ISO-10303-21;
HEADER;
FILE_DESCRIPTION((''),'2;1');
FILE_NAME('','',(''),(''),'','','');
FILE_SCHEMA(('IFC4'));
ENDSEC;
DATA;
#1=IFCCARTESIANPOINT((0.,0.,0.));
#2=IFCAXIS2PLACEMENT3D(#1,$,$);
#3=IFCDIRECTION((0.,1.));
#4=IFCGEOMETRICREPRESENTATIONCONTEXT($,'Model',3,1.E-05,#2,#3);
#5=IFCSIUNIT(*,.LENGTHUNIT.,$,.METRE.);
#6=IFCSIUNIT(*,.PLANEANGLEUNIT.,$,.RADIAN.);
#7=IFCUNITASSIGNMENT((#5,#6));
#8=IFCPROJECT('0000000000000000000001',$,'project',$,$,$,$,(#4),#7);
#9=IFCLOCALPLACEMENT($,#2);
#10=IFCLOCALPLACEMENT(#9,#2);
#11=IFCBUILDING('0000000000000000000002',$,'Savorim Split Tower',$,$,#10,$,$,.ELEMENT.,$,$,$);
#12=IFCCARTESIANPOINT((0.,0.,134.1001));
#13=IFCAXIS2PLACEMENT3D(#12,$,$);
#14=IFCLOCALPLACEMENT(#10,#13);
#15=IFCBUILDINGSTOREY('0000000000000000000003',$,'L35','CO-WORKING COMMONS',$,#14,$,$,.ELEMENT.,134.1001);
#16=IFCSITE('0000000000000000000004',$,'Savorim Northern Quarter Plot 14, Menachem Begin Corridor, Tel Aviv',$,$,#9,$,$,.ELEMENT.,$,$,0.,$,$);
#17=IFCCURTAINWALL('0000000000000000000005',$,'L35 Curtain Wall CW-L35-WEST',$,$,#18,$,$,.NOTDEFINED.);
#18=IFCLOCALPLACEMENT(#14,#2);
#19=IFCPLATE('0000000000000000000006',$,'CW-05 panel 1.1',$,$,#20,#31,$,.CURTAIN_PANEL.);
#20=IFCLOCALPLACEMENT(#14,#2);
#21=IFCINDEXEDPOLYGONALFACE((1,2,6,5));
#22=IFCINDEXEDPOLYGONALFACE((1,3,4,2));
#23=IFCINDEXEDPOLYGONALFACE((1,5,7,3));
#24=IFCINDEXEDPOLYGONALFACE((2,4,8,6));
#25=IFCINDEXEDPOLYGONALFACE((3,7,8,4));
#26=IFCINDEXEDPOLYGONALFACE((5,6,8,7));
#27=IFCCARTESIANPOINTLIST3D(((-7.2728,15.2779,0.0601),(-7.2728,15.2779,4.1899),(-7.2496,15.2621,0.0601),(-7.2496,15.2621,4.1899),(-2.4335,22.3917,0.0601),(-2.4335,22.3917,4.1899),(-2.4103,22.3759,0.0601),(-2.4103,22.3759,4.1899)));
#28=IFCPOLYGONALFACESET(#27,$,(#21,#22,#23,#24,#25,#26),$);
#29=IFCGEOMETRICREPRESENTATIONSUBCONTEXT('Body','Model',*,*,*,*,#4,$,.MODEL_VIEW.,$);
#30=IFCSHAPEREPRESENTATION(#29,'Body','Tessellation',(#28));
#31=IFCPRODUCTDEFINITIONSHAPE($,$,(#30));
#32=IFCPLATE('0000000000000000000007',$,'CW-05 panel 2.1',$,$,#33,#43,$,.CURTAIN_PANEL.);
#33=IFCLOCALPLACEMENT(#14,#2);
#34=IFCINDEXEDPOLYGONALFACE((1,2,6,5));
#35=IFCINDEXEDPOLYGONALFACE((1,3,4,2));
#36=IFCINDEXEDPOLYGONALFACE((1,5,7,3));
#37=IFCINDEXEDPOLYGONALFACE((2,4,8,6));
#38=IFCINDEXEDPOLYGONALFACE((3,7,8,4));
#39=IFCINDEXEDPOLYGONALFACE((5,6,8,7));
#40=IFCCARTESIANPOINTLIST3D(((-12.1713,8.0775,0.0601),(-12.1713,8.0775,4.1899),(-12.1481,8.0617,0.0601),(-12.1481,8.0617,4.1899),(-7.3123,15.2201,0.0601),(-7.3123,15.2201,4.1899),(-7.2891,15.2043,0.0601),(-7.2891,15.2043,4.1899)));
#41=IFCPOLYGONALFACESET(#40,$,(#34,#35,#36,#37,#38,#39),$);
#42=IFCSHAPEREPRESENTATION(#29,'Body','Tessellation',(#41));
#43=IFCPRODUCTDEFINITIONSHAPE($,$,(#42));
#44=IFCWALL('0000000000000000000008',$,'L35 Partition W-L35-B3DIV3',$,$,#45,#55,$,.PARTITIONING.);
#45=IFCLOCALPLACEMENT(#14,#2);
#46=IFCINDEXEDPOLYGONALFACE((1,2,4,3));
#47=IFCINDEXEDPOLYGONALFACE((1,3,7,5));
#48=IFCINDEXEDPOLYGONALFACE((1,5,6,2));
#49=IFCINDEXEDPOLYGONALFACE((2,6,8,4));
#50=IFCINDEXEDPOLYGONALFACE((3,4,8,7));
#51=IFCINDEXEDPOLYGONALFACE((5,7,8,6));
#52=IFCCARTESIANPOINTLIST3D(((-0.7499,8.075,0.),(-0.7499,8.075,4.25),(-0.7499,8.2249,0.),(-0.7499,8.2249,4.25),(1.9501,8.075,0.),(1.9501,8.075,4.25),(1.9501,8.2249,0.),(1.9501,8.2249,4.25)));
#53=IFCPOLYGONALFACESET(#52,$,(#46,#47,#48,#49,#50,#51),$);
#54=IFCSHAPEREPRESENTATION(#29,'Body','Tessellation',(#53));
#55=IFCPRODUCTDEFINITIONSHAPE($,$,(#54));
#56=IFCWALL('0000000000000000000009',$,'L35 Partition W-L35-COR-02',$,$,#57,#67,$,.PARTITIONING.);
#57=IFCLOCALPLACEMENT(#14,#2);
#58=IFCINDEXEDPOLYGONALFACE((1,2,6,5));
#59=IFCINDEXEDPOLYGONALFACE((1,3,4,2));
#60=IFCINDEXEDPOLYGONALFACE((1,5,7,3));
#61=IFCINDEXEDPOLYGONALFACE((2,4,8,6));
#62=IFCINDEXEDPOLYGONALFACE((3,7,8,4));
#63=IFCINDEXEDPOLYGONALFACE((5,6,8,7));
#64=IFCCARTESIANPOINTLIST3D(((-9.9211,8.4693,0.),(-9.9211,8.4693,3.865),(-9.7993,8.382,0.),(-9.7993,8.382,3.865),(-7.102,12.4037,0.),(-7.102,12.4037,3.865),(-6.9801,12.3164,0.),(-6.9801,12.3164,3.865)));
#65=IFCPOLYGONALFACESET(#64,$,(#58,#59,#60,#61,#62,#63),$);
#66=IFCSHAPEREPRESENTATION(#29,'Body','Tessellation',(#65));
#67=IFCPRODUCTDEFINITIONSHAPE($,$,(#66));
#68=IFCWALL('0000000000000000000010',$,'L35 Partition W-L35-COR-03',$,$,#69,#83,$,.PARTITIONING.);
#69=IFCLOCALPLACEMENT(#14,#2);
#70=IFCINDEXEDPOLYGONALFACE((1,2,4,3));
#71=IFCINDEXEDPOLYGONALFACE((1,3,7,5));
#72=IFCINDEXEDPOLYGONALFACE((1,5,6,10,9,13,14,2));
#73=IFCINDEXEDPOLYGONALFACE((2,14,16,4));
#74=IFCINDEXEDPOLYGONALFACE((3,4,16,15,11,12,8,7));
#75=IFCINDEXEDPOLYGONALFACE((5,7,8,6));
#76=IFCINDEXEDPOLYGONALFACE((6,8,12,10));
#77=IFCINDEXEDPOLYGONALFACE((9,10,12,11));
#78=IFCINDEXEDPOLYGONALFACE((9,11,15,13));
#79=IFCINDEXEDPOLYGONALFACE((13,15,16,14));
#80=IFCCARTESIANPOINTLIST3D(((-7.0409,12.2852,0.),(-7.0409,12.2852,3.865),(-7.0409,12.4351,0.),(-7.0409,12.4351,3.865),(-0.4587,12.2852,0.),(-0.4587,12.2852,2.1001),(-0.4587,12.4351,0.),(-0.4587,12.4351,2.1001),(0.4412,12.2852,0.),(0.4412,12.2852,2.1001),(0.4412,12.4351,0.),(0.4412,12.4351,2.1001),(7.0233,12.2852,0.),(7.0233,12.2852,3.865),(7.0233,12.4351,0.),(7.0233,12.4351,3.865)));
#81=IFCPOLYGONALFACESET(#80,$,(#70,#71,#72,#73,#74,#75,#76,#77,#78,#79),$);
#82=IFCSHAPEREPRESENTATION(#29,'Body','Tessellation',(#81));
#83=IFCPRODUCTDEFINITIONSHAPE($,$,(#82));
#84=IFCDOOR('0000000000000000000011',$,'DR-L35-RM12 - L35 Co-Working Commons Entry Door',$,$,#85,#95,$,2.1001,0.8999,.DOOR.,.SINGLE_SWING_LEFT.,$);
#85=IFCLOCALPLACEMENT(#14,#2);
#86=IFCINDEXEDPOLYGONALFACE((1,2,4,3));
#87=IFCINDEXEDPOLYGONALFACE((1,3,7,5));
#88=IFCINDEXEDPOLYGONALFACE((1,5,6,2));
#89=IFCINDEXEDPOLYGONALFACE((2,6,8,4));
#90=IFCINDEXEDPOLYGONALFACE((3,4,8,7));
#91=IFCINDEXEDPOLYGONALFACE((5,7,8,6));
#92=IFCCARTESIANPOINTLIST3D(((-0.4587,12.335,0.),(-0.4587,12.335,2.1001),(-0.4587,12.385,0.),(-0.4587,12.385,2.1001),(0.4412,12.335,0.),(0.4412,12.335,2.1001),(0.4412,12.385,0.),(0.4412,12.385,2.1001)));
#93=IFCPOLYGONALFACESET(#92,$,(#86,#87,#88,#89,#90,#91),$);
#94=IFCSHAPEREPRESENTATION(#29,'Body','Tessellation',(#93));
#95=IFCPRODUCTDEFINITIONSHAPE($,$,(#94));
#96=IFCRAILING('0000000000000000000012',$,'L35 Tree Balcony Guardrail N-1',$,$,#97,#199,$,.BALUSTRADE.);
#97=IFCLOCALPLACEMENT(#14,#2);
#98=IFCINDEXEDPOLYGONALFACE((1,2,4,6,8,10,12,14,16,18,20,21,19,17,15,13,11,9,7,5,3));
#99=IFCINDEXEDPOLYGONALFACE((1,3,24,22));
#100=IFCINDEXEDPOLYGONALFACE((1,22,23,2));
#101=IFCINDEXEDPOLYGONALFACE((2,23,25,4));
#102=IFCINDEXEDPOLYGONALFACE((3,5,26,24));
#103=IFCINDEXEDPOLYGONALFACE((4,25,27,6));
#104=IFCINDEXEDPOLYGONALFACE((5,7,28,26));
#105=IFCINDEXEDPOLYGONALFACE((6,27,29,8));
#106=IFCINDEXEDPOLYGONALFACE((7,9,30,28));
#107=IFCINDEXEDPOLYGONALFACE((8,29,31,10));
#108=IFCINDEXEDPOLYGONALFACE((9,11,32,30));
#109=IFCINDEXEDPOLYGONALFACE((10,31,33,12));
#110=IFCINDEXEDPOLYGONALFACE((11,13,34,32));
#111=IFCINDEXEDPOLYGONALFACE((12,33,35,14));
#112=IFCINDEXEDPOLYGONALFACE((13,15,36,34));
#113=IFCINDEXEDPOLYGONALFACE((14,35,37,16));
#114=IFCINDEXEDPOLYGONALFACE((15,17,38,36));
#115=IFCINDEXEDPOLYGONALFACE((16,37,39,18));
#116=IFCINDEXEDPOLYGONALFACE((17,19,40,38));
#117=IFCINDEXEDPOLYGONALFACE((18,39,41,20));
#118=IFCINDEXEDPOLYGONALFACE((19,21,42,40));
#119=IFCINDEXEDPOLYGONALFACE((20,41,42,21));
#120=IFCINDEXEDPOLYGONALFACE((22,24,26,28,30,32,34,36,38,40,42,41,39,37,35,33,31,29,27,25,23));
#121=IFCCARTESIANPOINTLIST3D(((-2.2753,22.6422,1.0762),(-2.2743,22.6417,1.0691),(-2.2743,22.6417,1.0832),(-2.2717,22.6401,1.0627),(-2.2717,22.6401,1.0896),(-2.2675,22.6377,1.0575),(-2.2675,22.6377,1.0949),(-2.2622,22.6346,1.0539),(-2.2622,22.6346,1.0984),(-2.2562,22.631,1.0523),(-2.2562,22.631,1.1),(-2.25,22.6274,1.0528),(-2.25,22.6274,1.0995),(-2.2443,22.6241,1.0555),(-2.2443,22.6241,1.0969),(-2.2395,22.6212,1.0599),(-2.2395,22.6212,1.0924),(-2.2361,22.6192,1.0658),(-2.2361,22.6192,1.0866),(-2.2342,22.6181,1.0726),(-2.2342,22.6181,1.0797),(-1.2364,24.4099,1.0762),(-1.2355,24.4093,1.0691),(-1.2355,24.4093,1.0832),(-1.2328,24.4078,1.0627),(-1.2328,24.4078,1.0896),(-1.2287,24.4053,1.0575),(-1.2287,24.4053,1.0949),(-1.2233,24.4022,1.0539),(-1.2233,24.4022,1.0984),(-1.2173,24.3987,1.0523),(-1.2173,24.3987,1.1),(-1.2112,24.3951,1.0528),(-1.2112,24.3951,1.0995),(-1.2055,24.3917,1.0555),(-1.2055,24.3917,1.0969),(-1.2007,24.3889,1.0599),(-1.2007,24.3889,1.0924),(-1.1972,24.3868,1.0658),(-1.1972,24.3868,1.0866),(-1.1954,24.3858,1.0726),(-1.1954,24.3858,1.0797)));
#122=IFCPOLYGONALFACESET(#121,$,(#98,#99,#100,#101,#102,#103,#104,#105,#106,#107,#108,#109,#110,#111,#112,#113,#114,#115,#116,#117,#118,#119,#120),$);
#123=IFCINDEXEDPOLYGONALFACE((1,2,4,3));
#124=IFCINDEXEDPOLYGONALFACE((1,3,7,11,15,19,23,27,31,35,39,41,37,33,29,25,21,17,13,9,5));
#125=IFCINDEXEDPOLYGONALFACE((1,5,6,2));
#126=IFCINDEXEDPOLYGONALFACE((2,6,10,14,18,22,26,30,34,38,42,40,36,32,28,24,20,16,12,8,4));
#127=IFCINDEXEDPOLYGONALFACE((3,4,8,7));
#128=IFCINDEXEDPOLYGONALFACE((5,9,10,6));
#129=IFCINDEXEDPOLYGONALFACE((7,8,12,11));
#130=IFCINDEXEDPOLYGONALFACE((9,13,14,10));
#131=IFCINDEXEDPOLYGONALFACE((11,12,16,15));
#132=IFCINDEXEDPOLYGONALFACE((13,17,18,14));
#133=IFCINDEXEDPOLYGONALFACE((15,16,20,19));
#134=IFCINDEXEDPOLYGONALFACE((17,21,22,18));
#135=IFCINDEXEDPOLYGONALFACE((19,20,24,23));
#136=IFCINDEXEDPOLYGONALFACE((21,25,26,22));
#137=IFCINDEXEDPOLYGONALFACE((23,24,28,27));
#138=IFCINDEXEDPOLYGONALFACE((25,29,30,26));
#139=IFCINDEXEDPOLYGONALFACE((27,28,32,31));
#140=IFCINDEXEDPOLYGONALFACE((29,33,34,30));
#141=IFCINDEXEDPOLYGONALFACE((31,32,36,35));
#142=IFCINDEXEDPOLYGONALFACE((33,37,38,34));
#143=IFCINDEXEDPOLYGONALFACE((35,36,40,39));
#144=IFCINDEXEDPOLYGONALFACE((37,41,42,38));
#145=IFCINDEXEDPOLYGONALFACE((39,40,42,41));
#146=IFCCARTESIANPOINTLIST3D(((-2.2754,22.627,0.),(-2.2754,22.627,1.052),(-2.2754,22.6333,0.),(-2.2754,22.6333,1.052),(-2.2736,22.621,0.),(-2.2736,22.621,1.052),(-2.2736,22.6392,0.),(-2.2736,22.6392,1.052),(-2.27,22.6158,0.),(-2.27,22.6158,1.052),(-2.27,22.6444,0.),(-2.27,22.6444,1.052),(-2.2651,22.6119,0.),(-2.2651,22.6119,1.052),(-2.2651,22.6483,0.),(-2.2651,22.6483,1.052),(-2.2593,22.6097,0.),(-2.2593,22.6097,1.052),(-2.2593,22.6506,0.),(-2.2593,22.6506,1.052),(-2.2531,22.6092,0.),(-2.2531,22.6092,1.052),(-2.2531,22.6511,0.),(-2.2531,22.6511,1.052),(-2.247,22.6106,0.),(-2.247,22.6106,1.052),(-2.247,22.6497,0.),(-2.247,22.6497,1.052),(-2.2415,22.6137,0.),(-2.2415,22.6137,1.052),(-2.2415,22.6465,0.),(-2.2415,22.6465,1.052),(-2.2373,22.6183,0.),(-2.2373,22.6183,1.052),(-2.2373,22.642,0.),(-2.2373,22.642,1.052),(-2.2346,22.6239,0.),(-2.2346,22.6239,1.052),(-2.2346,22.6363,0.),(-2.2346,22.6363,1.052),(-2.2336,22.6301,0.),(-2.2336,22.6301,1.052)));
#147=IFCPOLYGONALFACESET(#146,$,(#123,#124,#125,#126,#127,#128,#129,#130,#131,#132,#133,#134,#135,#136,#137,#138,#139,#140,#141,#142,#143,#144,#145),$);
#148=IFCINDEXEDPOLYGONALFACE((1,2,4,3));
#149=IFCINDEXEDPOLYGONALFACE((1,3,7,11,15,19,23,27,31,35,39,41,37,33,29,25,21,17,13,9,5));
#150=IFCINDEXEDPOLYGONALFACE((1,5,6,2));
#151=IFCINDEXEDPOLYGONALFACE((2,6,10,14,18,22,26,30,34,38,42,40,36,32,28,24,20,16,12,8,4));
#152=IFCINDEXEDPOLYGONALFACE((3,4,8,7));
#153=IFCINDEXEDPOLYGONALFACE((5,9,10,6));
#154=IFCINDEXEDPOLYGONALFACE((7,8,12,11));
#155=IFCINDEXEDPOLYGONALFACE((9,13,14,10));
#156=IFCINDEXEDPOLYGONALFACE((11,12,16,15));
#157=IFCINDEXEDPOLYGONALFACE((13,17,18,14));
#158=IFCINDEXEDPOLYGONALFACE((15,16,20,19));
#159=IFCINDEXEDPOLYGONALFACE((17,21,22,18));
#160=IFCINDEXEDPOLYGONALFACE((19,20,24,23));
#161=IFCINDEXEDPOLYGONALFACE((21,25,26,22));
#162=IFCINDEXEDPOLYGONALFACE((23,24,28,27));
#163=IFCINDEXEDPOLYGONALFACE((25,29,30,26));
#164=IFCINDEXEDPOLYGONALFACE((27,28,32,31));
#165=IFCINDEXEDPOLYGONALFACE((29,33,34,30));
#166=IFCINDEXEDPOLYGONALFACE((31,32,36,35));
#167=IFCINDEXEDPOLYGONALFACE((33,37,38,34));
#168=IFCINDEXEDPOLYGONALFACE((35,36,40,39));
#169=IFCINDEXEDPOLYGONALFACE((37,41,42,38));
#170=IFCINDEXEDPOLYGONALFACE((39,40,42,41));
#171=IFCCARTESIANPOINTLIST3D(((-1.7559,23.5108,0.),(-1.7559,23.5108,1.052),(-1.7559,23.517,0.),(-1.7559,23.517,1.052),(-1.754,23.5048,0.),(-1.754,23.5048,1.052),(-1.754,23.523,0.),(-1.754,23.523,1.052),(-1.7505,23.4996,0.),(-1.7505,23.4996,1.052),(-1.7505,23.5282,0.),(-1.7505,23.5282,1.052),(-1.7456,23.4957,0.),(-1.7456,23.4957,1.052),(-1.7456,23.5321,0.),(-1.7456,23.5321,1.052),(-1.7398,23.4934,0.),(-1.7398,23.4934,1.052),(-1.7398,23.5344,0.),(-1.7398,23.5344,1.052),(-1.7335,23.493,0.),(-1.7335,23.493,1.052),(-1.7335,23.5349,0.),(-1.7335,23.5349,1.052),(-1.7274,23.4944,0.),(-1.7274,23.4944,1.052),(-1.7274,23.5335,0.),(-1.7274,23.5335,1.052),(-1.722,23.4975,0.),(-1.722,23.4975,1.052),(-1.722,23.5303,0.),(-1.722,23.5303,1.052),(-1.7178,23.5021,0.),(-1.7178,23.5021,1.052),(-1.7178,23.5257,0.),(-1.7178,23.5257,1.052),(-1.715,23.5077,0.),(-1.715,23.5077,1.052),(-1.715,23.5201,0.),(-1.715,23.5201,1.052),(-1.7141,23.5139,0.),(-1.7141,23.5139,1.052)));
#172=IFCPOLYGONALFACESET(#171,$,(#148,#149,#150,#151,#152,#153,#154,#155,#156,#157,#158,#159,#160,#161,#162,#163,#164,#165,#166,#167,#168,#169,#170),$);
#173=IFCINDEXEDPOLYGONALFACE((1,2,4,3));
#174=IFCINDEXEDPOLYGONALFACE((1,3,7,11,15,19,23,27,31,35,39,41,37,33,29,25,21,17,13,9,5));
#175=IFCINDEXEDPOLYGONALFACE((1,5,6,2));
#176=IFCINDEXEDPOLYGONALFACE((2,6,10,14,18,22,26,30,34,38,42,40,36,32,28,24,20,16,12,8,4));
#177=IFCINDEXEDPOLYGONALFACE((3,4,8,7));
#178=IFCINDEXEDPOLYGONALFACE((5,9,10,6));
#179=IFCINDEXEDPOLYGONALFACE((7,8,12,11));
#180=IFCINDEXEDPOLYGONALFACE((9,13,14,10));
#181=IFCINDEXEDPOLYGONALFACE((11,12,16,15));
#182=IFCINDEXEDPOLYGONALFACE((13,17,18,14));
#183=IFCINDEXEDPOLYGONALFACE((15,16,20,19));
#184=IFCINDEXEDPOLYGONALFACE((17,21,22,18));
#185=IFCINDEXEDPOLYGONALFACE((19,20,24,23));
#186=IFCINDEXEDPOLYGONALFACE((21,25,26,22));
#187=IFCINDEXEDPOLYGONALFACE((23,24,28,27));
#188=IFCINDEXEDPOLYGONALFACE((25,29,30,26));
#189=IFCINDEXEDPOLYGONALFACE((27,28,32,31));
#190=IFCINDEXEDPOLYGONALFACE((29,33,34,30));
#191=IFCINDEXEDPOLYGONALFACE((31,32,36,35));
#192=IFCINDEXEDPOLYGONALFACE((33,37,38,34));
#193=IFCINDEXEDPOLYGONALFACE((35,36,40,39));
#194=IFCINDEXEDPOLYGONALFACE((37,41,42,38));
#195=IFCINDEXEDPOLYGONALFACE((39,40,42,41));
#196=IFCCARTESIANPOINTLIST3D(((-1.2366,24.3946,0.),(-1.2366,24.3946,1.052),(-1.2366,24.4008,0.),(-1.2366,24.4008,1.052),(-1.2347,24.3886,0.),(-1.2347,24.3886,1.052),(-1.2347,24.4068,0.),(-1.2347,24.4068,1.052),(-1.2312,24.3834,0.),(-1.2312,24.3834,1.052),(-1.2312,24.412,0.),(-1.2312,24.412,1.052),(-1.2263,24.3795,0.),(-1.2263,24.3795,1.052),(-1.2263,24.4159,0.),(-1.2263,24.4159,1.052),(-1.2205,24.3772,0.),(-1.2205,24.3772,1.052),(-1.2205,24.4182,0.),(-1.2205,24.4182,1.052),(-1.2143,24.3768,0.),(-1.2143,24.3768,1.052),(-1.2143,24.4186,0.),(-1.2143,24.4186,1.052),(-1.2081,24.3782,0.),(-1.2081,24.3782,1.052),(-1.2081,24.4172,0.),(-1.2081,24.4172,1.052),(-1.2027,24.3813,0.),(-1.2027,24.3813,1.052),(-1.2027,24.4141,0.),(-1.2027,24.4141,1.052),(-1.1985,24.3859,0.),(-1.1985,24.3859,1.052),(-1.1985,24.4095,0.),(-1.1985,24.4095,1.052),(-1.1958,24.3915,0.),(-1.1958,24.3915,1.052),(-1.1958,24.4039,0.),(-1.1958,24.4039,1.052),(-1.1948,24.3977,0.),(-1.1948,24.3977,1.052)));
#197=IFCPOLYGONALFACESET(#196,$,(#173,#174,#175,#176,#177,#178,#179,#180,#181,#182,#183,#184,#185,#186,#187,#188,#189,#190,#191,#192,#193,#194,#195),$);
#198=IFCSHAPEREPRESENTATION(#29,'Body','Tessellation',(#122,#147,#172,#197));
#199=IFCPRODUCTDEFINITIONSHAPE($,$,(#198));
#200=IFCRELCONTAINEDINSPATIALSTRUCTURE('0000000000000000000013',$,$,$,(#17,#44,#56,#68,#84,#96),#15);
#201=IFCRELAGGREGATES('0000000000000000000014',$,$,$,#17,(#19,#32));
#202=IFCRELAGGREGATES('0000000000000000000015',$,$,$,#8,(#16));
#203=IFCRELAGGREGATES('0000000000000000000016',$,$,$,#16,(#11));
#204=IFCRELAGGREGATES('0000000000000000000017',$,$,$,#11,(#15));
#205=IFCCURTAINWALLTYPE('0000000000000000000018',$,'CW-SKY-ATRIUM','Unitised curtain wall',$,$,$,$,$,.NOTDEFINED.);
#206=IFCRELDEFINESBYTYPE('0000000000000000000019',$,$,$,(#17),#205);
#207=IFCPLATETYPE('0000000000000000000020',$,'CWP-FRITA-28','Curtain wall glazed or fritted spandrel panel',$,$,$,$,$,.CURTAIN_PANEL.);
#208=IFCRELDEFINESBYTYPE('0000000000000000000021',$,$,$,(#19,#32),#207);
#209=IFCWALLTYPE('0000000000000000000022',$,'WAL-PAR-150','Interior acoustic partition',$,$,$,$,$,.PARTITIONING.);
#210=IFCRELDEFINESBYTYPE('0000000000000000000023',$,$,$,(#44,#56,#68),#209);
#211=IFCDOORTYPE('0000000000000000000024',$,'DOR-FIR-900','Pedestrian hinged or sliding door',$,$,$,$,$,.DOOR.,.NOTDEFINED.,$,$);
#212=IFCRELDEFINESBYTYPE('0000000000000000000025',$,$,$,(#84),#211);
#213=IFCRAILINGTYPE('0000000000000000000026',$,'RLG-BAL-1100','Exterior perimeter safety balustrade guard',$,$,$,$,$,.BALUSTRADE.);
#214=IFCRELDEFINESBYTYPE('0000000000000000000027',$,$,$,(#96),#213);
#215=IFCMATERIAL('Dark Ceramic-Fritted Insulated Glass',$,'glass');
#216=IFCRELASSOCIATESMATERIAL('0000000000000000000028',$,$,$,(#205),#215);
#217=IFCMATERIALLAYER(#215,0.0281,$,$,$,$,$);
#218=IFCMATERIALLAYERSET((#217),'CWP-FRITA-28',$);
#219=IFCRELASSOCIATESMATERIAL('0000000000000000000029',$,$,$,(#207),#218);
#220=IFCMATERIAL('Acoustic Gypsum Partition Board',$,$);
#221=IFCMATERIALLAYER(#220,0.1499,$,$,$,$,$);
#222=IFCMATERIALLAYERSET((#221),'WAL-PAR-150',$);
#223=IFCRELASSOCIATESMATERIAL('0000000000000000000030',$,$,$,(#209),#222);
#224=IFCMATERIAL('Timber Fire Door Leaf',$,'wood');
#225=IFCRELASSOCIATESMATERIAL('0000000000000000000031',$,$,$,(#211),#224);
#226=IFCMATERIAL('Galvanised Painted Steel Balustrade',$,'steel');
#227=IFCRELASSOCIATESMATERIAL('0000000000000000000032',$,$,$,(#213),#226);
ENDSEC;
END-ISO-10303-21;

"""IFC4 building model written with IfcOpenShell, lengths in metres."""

from ifc_helpers import new_model, si_unit, direction, frame, frame_2d, origin, origin_2d, place, context, subcontext, project, spatial, rectangle, circle, extrude, material, layer, layer_set, type_object, element, fill, aggregate, save


model = new_model("IFC4")

# Units and contexts
model_context = context("Model", 3, precision=1e-05, world=origin(), true_north=direction((0.0, 1.0)))
body_context = subcontext(model_context, "Body", "Model", "MODEL_VIEW")
ifc_project = project(units=[si_unit("LENGTHUNIT", "METRE"), si_unit("PLANEANGLEUNIT", "RADIAN")], contexts=[model_context])

# Site, building, storey
site_placement = place(None, origin())
site = spatial("IfcSite", under=ifc_project, at=site_placement, Name="Savorim Northern Quarter Plot 14, Menachem Begin Corridor, Tel Aviv", CompositionType="ELEMENT", RefElevation=0.0)
building_placement = place(site_placement, origin())
building = spatial("IfcBuilding", under=site, at=building_placement, Name="Savorim Split Tower", CompositionType="ELEMENT")
storey_placement = place(building_placement, frame((0.0, 0.0, 134.1001)))
storey = spatial("IfcBuildingStorey", under=building, at=storey_placement, Name="L35", Description="CO-WORKING COMMONS", CompositionType="ELEMENT", Elevation=134.1001)

# Curtain wall, plates
ifc_material_1 = material(Name="Dark Ceramic-Fritted Insulated Glass", Category="glass")
curtain_wall_type = type_object("IfcCurtainWallType", Name="CW-SKY-ATRIUM", Description="Unitised curtain wall", PredefinedType="NOTDEFINED", material=ifc_material_1)
curtain_wall_placement = place(storey_placement, origin())
curtain_wall = element("IfcCurtainWall", 1, at=curtain_wall_placement, inside=storey, type_object=curtain_wall_type, Name="L35 Curtain Wall CW-L35-WEST", PredefinedType="NOTDEFINED")
ifc_layer_1 = layer(ifc_material_1, 0.0281)
ifc_layer_set_1 = layer_set([ifc_layer_1], Name="CWP-FRITA-28")
plate_type = type_object("IfcPlateType", Name="CWP-FRITA-28", Description="Curtain wall glazed or fritted spandrel panel", PredefinedType="CURTAIN_PANEL", material=ifc_layer_set_1)
plate_1_placement = place(storey_placement, frame((-4.8416, 18.8269, 0.0601), z_axis=(0.0, 0.0, 1.0), x_axis=(-0.562467, -0.82682, 0.0)))
plate_1 = element("IfcPlate", 2, at=plate_1_placement, type_object=plate_type, Name="CW-05 panel 1.1", PredefinedType="CURTAIN_PANEL", context=body_context, shape_type="SweptSolid", body=[
    extrude(rectangle(XDim=8.6038, YDim=0.0281, at=origin_2d()), origin(), (0.0, 0.0, 1.0), 4.1299),
])
plate_2_placement = place(storey_placement, frame((-9.7302, 11.6409, 0.0601), z_axis=(0.0, 0.0, 1.0), x_axis=(-0.562467, -0.82682, 0.0)))
plate_2 = element("IfcPlate", 3, at=plate_2_placement, type_object=plate_type, Name="CW-05 panel 2.1", PredefinedType="CURTAIN_PANEL", context=body_context, shape_type="SweptSolid", body=[
    extrude(rectangle(XDim=8.6387, YDim=0.0281, at=origin_2d()), origin(), (0.0, 0.0, 1.0), 4.1299),
])
aggregate(curtain_wall, [plate_1, plate_2])

# Walls
ifc_material_2 = material(Name="Acoustic Gypsum Partition Board")
ifc_layer_2 = layer(ifc_material_2, 0.1499)
ifc_layer_set_2 = layer_set([ifc_layer_2], Name="WAL-PAR-150")
wall_type_1 = type_object("IfcWallType", Name="WAL-PAR-150", Description="Interior acoustic partition", PredefinedType="PARTITIONING", material=ifc_layer_set_2)
wall_1_placement = place(storey_placement, frame((-0.75, 8.1499, 0.0), z_axis=(0.0, 0.0, 1.0), x_axis=(1.0, 0.0, 0.0)))
element("IfcWall", 4, at=wall_1_placement, inside=storey, type_object=wall_type_1, Name="L35 Partition W-L35-B3DIV3", PredefinedType="PARTITIONING", context=body_context, shape_type="SweptSolid", body=[
    extrude(rectangle(XDim=2.7, YDim=0.1499, at=frame_2d((1.3501, 0.0))), origin(), (0.0, 0.0, 1.0), 4.25),
])
wall_2_placement = place(storey_placement, frame((-9.8601, 8.4258, 0.0), z_axis=(0.0, 0.0, 1.0), x_axis=(0.58245, 0.812867, 0.0)))
element("IfcWall", 5, at=wall_2_placement, inside=storey, type_object=wall_type_1, Name="L35 Partition W-L35-COR-02", PredefinedType="PARTITIONING", context=body_context, shape_type="SweptSolid", body=[
    extrude(rectangle(XDim=4.8401, YDim=0.1499, at=frame_2d((2.4199, 0.0))), origin(), (0.0, 0.0, 1.0), 3.865),
])

# Wall, opening, door
wall_3_placement = place(storey_placement, frame((-7.041, 12.3601, 0.0), z_axis=(0.0, 0.0, 1.0), x_axis=(1.0, 0.0, 0.0)))
wall_3 = element("IfcWall", 6, at=wall_3_placement, inside=storey, type_object=wall_type_1, Name="L35 Partition W-L35-COR-03", PredefinedType="PARTITIONING", context=body_context, shape_type="SweptSolid", body=[
    extrude(rectangle(XDim=14.0642, YDim=0.1499, at=frame_2d((7.0322, 0.0))), origin(), (0.0, 0.0, 1.0), 3.865),
])
opening_1_placement = place(wall_3_placement, frame((6.5823, 0.0, 0.0)))
opening_1 = element("IfcOpeningElement", 7, at=opening_1_placement, cuts=wall_3, PredefinedType="OPENING", context=body_context, shape_type="SweptSolid", body=[
    extrude(rectangle(XDim=0.8999, YDim=2.1001, at=frame_2d((0.45, 1.05))), frame((0.0, 0.085, 0.0), z_axis=(0.0, -1.0, 0.0), x_axis=(1.0, 0.0, 0.0)), (0.0, 0.0, 1.0), 0.1699),
])
ifc_material_3 = material(Name="Timber Fire Door Leaf", Category="wood")
door_type_1 = type_object("IfcDoorType", Name="DOR-FIR-900", Description="Pedestrian hinged or sliding door", OperationType="NOTDEFINED", PredefinedType="DOOR", material=ifc_material_3)
door_1_placement = place(opening_1_placement, origin())
door_1 = element("IfcDoor", 8, at=door_1_placement, inside=storey, type_object=door_type_1, Name="DR-L35-RM12 - L35 Co-Working Commons Entry Door", OperationType="SINGLE_SWING_LEFT", OverallHeight=2.1001, OverallWidth=0.8999, PredefinedType="DOOR", context=body_context, shape_type="SweptSolid", body=[
    extrude(rectangle(XDim=0.8999, YDim=2.1001, at=frame_2d((0.45, 1.05))), frame((0.0, 0.0249, 0.0), z_axis=(0.0, -1.0, 0.0), x_axis=(1.0, 0.0, 0.0)), (0.0, 0.0, 1.0), 0.05),
])
fill(opening_1, door_1)

# Railing
ifc_material_4 = material(Name="Galvanised Painted Steel Balustrade", Category="steel")
railing_type = type_object("IfcRailingType", Name="RLG-BAL-1100", Description="Exterior perimeter safety balustrade guard", PredefinedType="BALUSTRADE", material=ifc_material_4)
railing_1_placement = place(storey_placement, frame((-2.2546, 22.6301, 0.0)))
element("IfcRailing", 9, at=railing_1_placement, inside=storey, type_object=railing_type, Name="L35 Tree Balcony Guardrail N-1", PredefinedType="BALUSTRADE", context=body_context, shape_type="SweptSolid", body=[
    extrude(circle(Radius=0.0239, at=origin_2d()), frame((0.0, 0.0, 1.0762), z_axis=(0.506682, 0.862133, 0.0), x_axis=(-0.862133, 0.506682, 0.0)), (0.0, 0.0, 1.0), 2.0503),
    extrude(circle(Radius=0.021, at=origin_2d()), origin(), (0.0, 0.0, 1.0), 1.052),
    extrude(circle(Radius=0.021, at=origin_2d()), frame((0.5195, 0.8838, 0.0)), (0.0, 0.0, 1.0), 1.052),
    extrude(circle(Radius=0.021, at=origin_2d()), frame((1.0388, 1.7676, 0.0)), (0.0, 0.0, 1.0), 1.052),
])

save(model, "model.ifc")
